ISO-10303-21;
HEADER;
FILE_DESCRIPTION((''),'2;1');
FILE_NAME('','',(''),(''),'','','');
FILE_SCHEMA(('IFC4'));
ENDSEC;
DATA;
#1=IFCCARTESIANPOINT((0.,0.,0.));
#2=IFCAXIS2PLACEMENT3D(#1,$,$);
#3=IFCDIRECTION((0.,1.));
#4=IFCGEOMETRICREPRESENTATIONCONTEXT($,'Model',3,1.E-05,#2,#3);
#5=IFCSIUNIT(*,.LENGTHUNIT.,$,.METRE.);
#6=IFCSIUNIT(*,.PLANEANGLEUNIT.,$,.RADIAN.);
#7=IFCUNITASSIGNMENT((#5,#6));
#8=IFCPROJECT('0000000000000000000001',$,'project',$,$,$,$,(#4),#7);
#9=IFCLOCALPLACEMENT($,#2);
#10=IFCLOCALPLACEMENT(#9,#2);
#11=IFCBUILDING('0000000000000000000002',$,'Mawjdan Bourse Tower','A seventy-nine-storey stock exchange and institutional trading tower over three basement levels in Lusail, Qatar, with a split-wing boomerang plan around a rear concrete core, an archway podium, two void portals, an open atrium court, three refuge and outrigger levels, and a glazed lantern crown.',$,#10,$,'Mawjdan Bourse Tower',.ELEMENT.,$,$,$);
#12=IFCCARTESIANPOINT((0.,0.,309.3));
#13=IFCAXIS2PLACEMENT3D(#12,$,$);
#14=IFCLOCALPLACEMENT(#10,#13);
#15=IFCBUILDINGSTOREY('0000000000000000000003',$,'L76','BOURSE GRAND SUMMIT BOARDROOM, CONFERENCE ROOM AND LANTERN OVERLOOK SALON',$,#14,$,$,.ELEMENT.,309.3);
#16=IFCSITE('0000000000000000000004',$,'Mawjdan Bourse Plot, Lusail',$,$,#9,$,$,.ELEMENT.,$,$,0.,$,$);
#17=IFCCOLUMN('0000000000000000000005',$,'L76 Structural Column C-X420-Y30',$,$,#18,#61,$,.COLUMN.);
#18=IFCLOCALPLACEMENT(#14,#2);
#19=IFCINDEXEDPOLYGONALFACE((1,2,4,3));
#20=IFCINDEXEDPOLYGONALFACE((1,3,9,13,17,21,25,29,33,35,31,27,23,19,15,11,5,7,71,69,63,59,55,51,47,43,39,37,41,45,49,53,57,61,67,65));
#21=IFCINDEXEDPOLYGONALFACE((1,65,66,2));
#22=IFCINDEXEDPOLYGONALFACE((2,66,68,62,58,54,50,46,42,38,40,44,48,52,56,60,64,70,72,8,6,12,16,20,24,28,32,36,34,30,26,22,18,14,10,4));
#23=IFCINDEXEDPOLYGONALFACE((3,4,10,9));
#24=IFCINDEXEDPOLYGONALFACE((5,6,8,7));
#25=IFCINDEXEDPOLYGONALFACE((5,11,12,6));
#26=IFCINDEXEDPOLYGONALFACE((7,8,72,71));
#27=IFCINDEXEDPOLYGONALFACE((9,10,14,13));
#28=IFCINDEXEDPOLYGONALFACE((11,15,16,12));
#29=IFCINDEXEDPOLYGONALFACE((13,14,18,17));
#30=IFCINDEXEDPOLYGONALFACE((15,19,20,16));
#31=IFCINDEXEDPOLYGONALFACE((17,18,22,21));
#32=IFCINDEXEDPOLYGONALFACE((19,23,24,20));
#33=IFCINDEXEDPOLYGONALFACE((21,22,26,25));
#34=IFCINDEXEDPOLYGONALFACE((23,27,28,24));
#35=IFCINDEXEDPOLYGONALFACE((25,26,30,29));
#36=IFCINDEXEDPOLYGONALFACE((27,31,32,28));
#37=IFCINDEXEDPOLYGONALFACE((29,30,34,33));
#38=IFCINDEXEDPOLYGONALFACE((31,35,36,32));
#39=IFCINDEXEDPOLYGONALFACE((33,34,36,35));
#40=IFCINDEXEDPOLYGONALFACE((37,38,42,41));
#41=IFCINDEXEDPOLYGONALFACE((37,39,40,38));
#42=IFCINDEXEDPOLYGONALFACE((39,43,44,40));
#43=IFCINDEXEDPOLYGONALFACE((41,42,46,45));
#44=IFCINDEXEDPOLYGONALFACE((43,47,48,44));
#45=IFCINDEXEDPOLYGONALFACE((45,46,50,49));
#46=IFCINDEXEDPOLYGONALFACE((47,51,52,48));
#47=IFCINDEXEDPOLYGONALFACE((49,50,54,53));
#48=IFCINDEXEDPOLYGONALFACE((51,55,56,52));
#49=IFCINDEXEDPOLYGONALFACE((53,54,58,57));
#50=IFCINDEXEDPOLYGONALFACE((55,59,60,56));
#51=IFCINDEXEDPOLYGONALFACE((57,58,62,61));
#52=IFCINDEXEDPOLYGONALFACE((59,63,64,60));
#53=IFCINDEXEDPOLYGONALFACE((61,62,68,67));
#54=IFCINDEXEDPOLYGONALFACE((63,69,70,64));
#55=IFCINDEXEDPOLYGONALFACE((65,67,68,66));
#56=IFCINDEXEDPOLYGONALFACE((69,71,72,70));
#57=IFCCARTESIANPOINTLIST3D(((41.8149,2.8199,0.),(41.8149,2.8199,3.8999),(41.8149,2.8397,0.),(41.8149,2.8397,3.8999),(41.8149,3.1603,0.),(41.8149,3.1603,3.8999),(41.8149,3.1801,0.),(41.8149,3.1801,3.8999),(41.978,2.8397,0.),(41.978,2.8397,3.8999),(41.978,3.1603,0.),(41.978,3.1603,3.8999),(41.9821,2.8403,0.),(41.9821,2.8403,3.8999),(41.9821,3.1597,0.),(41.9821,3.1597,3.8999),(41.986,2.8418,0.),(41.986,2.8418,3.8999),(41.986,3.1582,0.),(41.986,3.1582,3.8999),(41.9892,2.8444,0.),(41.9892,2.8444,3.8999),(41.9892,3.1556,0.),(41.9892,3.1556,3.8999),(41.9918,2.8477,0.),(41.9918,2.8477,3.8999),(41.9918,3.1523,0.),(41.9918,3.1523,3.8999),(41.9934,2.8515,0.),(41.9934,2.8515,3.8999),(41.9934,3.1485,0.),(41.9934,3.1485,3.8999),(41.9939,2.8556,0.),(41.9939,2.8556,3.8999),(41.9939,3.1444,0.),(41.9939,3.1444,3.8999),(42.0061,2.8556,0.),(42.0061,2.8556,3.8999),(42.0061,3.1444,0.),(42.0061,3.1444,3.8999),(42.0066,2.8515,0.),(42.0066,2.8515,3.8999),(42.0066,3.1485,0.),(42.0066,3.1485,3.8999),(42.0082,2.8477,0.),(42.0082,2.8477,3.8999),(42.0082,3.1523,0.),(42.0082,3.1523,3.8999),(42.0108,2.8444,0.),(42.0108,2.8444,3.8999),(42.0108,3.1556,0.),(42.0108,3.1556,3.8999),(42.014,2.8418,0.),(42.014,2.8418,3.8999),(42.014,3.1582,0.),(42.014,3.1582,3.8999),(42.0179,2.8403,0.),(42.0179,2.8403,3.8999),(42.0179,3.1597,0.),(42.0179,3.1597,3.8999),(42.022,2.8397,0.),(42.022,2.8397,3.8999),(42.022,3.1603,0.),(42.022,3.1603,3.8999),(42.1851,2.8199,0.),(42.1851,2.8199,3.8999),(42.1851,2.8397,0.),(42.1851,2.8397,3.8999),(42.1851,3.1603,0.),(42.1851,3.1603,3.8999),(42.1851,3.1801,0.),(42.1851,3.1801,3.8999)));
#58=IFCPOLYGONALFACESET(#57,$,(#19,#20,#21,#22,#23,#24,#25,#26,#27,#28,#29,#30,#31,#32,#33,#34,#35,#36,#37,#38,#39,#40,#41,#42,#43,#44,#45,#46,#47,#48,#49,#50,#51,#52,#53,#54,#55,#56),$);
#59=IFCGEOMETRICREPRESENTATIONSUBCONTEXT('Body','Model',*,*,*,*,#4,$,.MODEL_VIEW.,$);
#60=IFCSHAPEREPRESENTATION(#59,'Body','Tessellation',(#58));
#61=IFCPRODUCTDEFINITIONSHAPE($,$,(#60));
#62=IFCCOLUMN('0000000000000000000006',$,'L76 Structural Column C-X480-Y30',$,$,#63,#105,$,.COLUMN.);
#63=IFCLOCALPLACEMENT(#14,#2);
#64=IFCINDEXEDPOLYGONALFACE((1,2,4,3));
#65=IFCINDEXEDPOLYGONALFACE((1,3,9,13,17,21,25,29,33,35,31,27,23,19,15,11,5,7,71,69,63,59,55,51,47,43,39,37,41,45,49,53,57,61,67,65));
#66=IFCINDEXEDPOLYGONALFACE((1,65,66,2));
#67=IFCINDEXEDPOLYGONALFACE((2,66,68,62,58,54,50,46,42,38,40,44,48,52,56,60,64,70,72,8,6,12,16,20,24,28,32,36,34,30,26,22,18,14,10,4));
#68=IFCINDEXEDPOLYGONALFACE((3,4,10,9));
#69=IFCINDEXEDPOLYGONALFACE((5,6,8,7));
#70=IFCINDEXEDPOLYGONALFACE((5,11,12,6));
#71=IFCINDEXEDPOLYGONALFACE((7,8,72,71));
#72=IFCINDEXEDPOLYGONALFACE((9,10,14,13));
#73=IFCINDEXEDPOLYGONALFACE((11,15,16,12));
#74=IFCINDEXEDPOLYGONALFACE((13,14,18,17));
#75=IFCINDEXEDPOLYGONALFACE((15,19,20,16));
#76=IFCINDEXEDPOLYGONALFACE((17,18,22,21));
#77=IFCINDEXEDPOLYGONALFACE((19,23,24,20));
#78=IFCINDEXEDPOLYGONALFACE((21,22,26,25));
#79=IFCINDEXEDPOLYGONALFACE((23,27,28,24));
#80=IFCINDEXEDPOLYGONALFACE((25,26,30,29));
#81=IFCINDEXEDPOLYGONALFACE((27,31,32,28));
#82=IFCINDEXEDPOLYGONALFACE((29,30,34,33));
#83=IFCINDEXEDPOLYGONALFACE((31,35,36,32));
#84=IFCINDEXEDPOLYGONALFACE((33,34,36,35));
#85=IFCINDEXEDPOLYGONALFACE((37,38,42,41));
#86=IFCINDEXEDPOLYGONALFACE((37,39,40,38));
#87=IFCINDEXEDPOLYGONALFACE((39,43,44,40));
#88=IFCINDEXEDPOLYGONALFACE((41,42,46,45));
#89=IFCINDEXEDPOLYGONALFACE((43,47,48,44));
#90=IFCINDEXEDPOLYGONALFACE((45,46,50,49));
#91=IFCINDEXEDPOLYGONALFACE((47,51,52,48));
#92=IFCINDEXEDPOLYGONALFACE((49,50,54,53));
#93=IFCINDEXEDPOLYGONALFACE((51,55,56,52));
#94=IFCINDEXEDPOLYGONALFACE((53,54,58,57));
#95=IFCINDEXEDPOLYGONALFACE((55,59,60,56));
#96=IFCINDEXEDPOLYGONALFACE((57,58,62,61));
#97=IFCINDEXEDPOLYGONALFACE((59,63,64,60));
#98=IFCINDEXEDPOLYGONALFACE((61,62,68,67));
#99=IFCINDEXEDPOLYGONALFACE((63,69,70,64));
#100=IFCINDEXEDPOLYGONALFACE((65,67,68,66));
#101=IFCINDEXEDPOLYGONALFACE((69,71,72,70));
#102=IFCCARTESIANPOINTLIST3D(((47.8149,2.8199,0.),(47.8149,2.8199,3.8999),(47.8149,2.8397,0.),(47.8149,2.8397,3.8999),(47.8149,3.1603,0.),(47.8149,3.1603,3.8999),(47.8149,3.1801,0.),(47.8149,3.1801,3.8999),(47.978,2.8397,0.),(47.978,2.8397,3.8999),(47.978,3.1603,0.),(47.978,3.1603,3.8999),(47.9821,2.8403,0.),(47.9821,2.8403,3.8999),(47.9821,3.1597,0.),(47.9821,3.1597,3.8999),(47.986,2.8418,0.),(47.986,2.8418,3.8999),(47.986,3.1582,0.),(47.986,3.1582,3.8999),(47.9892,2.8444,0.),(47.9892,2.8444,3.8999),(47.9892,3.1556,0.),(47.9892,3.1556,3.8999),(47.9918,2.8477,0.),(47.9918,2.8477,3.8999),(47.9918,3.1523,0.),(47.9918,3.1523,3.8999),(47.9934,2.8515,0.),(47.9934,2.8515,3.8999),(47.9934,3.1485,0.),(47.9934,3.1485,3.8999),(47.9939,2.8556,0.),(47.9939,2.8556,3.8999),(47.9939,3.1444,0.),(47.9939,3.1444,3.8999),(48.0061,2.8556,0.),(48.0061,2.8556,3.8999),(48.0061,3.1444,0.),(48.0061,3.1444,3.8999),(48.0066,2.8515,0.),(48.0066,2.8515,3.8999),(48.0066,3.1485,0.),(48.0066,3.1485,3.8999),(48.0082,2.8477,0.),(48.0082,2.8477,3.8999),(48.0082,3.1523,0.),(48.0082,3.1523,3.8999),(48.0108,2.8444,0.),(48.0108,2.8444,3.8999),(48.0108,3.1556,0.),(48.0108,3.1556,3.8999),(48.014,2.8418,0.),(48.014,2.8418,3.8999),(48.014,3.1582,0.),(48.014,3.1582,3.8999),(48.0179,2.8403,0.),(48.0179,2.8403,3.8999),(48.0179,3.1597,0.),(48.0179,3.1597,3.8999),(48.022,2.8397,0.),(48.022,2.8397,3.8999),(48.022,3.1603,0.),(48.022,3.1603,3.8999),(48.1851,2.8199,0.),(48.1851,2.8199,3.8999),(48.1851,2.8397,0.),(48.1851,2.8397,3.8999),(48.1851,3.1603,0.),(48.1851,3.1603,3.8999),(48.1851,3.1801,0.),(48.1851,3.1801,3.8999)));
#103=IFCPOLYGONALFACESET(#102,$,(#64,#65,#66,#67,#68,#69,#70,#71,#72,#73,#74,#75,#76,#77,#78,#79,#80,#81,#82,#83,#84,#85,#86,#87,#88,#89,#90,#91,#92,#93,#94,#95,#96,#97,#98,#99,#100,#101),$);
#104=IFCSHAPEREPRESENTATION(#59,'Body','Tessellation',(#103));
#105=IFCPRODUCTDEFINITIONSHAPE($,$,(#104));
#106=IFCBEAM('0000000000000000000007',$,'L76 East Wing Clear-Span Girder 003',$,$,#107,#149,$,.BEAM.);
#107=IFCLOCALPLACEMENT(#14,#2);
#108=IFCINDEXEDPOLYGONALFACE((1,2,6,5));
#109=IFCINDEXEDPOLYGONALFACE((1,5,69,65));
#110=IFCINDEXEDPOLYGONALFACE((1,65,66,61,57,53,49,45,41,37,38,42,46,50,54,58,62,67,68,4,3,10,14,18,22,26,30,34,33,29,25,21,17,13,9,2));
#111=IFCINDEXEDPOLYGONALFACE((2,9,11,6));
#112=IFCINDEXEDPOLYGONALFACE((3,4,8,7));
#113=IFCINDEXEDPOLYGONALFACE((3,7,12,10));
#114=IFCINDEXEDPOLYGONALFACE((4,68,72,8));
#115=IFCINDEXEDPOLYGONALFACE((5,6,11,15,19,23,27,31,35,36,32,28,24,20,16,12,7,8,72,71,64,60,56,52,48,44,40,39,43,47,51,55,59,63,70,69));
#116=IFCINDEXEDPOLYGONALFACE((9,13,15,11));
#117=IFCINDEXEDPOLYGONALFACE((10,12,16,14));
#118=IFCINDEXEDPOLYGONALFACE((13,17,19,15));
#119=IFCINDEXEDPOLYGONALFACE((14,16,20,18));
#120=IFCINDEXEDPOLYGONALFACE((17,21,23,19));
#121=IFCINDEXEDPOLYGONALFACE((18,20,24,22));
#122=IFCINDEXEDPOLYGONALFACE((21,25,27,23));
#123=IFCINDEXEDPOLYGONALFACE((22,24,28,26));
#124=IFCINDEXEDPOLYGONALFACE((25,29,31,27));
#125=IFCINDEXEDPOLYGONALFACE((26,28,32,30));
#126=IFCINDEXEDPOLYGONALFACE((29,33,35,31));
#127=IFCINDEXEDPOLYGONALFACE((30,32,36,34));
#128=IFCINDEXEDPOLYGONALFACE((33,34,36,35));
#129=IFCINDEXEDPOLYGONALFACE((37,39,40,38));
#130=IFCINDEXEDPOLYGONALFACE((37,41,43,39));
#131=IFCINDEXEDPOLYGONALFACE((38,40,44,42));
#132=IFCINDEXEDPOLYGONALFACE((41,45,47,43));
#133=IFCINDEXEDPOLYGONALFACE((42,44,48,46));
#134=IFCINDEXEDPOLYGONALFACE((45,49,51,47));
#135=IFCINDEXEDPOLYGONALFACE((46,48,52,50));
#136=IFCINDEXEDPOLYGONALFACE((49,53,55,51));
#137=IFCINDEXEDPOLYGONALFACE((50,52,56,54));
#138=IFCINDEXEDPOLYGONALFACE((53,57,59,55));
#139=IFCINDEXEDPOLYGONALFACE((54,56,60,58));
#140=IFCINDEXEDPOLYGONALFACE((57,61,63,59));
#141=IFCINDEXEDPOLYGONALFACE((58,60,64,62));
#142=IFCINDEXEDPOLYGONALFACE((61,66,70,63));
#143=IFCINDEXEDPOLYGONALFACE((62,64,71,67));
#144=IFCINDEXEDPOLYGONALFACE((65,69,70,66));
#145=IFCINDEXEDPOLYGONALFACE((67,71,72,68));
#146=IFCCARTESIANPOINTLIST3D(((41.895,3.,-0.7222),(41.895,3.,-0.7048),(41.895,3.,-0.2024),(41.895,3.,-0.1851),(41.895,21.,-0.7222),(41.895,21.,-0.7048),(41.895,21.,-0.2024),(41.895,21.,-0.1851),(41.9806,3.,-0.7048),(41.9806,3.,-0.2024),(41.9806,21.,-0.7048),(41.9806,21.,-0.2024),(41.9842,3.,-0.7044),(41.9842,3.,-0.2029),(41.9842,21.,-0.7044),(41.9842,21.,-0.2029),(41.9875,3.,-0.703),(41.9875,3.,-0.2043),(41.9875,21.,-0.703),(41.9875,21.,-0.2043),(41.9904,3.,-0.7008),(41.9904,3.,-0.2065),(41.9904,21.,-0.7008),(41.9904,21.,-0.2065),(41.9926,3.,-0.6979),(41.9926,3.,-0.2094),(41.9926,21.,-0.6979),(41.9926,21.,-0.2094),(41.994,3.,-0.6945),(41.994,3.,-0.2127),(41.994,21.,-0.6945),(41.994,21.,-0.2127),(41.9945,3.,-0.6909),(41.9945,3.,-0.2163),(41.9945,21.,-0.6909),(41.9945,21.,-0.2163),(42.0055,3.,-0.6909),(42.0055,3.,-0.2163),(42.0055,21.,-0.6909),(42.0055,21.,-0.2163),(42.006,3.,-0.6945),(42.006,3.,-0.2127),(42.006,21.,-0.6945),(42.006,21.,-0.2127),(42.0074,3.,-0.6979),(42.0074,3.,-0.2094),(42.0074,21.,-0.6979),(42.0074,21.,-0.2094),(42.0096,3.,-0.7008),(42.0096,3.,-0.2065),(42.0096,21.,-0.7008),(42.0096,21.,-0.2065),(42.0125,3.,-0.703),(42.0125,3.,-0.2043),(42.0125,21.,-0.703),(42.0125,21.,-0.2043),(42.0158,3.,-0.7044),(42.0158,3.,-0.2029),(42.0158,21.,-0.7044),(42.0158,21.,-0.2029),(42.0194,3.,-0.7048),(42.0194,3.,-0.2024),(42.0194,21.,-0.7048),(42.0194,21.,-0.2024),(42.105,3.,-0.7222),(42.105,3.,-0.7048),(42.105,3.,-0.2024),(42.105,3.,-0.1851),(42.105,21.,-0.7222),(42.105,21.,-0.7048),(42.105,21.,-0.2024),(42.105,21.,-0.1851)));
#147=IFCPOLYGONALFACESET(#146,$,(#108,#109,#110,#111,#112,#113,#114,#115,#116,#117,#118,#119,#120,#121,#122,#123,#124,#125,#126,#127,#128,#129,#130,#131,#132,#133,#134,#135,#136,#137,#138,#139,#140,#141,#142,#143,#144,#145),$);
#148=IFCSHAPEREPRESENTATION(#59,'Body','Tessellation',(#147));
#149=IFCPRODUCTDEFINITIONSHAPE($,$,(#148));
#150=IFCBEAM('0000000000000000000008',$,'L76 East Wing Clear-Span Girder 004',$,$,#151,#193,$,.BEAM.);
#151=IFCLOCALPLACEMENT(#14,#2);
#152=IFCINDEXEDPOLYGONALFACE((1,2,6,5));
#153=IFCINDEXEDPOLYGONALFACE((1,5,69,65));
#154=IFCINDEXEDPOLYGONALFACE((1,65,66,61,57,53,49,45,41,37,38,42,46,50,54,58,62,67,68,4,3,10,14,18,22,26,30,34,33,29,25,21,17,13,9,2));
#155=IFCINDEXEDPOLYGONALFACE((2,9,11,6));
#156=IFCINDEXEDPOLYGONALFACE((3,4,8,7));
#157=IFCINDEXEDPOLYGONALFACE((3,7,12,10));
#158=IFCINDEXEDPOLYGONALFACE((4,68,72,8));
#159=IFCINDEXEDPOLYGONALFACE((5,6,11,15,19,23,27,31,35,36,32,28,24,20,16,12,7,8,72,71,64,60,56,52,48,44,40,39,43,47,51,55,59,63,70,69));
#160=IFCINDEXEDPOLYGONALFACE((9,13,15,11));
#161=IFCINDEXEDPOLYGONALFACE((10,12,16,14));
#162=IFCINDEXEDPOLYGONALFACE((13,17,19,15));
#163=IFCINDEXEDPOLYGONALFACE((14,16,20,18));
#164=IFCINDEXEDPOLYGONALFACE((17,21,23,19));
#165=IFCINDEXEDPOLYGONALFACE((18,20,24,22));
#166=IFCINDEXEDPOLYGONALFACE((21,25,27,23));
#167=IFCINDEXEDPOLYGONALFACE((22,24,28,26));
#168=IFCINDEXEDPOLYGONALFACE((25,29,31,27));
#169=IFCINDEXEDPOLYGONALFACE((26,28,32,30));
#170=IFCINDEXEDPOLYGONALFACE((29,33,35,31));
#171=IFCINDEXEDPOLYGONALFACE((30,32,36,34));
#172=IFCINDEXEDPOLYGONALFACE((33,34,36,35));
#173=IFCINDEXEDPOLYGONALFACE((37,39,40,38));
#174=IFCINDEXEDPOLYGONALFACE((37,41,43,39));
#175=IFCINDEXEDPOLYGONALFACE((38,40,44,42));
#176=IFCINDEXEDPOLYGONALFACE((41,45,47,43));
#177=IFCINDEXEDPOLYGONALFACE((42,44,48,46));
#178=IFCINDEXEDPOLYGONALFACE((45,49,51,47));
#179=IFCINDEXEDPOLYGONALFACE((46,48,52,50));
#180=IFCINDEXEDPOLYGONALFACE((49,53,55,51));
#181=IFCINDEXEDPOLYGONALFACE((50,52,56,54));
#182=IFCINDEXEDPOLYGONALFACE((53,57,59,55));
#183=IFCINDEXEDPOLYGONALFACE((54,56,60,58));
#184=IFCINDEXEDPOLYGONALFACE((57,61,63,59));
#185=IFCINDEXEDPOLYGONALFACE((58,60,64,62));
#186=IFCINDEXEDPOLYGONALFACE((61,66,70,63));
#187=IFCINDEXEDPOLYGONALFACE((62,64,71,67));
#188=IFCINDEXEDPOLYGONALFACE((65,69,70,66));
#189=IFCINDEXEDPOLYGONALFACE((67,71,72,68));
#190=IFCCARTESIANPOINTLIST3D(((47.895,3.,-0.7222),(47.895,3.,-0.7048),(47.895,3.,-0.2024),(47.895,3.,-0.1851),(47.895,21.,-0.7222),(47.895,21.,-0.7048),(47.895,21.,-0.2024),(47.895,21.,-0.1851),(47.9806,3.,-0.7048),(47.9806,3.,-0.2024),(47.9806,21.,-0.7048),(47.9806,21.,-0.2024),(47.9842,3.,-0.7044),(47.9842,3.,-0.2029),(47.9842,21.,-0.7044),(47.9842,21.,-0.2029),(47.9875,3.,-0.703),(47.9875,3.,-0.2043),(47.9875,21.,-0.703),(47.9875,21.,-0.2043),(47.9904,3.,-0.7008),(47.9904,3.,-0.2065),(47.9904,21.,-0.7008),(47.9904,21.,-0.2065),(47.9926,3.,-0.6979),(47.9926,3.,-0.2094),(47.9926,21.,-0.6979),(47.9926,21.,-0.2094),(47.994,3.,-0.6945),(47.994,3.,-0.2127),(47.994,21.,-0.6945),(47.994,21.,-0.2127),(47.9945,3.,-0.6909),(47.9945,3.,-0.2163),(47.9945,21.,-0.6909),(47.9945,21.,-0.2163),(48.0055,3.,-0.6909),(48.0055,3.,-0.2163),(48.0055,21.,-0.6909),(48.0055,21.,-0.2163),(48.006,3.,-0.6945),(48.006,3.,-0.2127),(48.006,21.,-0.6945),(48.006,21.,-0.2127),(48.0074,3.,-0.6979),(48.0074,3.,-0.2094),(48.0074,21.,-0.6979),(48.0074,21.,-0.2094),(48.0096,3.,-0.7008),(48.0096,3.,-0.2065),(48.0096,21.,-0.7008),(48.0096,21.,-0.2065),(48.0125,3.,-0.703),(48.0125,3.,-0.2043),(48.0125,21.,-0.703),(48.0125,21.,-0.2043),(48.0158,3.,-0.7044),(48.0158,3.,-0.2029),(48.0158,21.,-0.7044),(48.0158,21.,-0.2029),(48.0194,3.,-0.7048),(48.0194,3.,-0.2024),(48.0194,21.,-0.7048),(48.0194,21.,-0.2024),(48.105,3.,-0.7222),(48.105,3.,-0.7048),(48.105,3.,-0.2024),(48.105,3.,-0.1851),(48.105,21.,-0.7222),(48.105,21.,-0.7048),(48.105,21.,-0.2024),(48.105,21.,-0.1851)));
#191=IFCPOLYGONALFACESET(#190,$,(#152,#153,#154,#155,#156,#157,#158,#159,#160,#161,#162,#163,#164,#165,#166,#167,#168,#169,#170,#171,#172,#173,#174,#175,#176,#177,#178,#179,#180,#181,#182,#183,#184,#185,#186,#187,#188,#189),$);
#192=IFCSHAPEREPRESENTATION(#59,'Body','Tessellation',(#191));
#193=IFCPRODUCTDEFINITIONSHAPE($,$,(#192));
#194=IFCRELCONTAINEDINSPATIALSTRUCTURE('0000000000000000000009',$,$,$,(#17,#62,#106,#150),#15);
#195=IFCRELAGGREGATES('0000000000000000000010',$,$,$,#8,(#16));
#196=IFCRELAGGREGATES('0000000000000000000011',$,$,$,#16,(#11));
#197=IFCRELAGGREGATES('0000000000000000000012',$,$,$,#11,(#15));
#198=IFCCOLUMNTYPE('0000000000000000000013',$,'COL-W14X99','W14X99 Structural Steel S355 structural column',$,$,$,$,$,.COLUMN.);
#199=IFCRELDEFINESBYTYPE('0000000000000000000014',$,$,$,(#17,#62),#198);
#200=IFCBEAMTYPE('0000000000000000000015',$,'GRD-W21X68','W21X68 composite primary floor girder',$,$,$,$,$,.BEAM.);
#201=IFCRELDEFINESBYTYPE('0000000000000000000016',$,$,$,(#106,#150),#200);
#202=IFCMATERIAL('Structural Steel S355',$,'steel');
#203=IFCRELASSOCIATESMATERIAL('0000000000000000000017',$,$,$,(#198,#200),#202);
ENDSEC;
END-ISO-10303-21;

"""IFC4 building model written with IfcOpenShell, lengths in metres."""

from ifc_helpers import new_model, si_unit, direction, frame, origin, origin_2d, place, context, subcontext, project, spatial, i_section, extrude, material, material_profile, profile_set, type_object, element, save


model = new_model("IFC4")

# Units and contexts
model_context = context("Model", 3, precision=1e-05, world=origin(), true_north=direction((0.0, 1.0)))
body_context = subcontext(model_context, "Body", "Model", "MODEL_VIEW")
ifc_project = project(units=[si_unit("LENGTHUNIT", "METRE"), si_unit("PLANEANGLEUNIT", "RADIAN")], contexts=[model_context])

# Site, building, storey
site_placement = place(None, origin())
site = spatial("IfcSite", under=ifc_project, at=site_placement, Name="Mawjdan Bourse Plot, Lusail", CompositionType="ELEMENT", RefElevation=0.0)
building_placement = place(site_placement, origin())
building = spatial("IfcBuilding", under=site, at=building_placement, Name="Mawjdan Bourse Tower", Description="A seventy-nine-storey stock exchange and institutional trading tower over three basement levels in Lusail, Qatar, with a split-wing boomerang plan around a rear concrete core, an archway podium, two void portals, an open atrium court, three refuge and outrigger levels, and a glazed lantern crown.", LongName="Mawjdan Bourse Tower", CompositionType="ELEMENT")
storey_placement = place(building_placement, frame((0.0, 0.0, 309.3)))
storey = spatial("IfcBuildingStorey", under=building, at=storey_placement, Name="L76", Description="BOURSE GRAND SUMMIT BOARDROOM, CONFERENCE ROOM AND LANTERN OVERLOOK SALON", CompositionType="ELEMENT", Elevation=309.3)

# Columns
ifc_material_1 = material(Name="Structural Steel S355", Category="steel")
ifc_material_profile_1 = material_profile(ifc_material_1, i_section(OverallWidth=0.3701, OverallDepth=0.3601, WebThickness=0.0122, FlangeThickness=0.0198, FilletRadius=0.0159, at=origin_2d()), Name="W14X99")
ifc_profile_set_1 = profile_set([ifc_material_profile_1], Name="Structural Steel S355")
column_type = type_object("IfcColumnType", Name="COL-W14X99", Description="W14X99 Structural Steel S355 structural column", PredefinedType="COLUMN", material=ifc_profile_set_1)
for number, where, z_axis, x_axis, name in (
    (1, (42.0, 3.0, 0.0), (0.0, 0.0, 1.0), (1.0, 0.0, 0.0), "L76 Structural Column C-X420-Y30"),
    (2, (48.0, 3.0, 0.0), (0.0, 0.0, 1.0), (1.0, 0.0, 0.0), "L76 Structural Column C-X480-Y30"),
):
    element("IfcColumn", number, at=place(storey_placement, frame(where, z_axis=z_axis, x_axis=x_axis)), inside=storey, type_object=column_type, Name=name, PredefinedType="COLUMN", context=body_context, shape_type="SweptSolid", body=[
        extrude(i_section(OverallWidth=0.3701, OverallDepth=0.3601, WebThickness=0.0122, FlangeThickness=0.0198, FilletRadius=0.0159, at=origin_2d()), origin(), (0.0, 0.0, 1.0), 3.8999),
    ])

# Beams
ifc_material_profile_2 = material_profile(ifc_material_1, i_section(OverallWidth=0.21, OverallDepth=0.5371, WebThickness=0.011, FlangeThickness=0.0173, FilletRadius=0.0139, at=origin_2d()), Name="W21X68")
ifc_profile_set_2 = profile_set([ifc_material_profile_2], Name="Structural Steel S355")
beam_type_1 = type_object("IfcBeamType", Name="GRD-W21X68", Description="W21X68 composite primary floor girder", PredefinedType="BEAM", material=ifc_profile_set_2)
for number, where, z_axis, x_axis, name in (
    (3, (42.0, 3.0, -0.4536), (0.0, 1.0, 0.0), (-1.0, 0.0, 0.0), "L76 East Wing Clear-Span Girder 003"),
    (4, (48.0, 3.0, -0.4536), (0.0, 1.0, 0.0), (-1.0, 0.0, 0.0), "L76 East Wing Clear-Span Girder 004"),
):
    element("IfcBeam", number, at=place(storey_placement, frame(where, z_axis=z_axis, x_axis=x_axis)), inside=storey, type_object=beam_type_1, Name=name, PredefinedType="BEAM", context=body_context, shape_type="SweptSolid", body=[
        extrude(i_section(OverallWidth=0.21, OverallDepth=0.5371, WebThickness=0.011, FlangeThickness=0.0173, FilletRadius=0.0139, at=origin_2d()), origin(), (0.0, 0.0, 1.0), 18.0),
    ])

save(model, "model.ifc")
